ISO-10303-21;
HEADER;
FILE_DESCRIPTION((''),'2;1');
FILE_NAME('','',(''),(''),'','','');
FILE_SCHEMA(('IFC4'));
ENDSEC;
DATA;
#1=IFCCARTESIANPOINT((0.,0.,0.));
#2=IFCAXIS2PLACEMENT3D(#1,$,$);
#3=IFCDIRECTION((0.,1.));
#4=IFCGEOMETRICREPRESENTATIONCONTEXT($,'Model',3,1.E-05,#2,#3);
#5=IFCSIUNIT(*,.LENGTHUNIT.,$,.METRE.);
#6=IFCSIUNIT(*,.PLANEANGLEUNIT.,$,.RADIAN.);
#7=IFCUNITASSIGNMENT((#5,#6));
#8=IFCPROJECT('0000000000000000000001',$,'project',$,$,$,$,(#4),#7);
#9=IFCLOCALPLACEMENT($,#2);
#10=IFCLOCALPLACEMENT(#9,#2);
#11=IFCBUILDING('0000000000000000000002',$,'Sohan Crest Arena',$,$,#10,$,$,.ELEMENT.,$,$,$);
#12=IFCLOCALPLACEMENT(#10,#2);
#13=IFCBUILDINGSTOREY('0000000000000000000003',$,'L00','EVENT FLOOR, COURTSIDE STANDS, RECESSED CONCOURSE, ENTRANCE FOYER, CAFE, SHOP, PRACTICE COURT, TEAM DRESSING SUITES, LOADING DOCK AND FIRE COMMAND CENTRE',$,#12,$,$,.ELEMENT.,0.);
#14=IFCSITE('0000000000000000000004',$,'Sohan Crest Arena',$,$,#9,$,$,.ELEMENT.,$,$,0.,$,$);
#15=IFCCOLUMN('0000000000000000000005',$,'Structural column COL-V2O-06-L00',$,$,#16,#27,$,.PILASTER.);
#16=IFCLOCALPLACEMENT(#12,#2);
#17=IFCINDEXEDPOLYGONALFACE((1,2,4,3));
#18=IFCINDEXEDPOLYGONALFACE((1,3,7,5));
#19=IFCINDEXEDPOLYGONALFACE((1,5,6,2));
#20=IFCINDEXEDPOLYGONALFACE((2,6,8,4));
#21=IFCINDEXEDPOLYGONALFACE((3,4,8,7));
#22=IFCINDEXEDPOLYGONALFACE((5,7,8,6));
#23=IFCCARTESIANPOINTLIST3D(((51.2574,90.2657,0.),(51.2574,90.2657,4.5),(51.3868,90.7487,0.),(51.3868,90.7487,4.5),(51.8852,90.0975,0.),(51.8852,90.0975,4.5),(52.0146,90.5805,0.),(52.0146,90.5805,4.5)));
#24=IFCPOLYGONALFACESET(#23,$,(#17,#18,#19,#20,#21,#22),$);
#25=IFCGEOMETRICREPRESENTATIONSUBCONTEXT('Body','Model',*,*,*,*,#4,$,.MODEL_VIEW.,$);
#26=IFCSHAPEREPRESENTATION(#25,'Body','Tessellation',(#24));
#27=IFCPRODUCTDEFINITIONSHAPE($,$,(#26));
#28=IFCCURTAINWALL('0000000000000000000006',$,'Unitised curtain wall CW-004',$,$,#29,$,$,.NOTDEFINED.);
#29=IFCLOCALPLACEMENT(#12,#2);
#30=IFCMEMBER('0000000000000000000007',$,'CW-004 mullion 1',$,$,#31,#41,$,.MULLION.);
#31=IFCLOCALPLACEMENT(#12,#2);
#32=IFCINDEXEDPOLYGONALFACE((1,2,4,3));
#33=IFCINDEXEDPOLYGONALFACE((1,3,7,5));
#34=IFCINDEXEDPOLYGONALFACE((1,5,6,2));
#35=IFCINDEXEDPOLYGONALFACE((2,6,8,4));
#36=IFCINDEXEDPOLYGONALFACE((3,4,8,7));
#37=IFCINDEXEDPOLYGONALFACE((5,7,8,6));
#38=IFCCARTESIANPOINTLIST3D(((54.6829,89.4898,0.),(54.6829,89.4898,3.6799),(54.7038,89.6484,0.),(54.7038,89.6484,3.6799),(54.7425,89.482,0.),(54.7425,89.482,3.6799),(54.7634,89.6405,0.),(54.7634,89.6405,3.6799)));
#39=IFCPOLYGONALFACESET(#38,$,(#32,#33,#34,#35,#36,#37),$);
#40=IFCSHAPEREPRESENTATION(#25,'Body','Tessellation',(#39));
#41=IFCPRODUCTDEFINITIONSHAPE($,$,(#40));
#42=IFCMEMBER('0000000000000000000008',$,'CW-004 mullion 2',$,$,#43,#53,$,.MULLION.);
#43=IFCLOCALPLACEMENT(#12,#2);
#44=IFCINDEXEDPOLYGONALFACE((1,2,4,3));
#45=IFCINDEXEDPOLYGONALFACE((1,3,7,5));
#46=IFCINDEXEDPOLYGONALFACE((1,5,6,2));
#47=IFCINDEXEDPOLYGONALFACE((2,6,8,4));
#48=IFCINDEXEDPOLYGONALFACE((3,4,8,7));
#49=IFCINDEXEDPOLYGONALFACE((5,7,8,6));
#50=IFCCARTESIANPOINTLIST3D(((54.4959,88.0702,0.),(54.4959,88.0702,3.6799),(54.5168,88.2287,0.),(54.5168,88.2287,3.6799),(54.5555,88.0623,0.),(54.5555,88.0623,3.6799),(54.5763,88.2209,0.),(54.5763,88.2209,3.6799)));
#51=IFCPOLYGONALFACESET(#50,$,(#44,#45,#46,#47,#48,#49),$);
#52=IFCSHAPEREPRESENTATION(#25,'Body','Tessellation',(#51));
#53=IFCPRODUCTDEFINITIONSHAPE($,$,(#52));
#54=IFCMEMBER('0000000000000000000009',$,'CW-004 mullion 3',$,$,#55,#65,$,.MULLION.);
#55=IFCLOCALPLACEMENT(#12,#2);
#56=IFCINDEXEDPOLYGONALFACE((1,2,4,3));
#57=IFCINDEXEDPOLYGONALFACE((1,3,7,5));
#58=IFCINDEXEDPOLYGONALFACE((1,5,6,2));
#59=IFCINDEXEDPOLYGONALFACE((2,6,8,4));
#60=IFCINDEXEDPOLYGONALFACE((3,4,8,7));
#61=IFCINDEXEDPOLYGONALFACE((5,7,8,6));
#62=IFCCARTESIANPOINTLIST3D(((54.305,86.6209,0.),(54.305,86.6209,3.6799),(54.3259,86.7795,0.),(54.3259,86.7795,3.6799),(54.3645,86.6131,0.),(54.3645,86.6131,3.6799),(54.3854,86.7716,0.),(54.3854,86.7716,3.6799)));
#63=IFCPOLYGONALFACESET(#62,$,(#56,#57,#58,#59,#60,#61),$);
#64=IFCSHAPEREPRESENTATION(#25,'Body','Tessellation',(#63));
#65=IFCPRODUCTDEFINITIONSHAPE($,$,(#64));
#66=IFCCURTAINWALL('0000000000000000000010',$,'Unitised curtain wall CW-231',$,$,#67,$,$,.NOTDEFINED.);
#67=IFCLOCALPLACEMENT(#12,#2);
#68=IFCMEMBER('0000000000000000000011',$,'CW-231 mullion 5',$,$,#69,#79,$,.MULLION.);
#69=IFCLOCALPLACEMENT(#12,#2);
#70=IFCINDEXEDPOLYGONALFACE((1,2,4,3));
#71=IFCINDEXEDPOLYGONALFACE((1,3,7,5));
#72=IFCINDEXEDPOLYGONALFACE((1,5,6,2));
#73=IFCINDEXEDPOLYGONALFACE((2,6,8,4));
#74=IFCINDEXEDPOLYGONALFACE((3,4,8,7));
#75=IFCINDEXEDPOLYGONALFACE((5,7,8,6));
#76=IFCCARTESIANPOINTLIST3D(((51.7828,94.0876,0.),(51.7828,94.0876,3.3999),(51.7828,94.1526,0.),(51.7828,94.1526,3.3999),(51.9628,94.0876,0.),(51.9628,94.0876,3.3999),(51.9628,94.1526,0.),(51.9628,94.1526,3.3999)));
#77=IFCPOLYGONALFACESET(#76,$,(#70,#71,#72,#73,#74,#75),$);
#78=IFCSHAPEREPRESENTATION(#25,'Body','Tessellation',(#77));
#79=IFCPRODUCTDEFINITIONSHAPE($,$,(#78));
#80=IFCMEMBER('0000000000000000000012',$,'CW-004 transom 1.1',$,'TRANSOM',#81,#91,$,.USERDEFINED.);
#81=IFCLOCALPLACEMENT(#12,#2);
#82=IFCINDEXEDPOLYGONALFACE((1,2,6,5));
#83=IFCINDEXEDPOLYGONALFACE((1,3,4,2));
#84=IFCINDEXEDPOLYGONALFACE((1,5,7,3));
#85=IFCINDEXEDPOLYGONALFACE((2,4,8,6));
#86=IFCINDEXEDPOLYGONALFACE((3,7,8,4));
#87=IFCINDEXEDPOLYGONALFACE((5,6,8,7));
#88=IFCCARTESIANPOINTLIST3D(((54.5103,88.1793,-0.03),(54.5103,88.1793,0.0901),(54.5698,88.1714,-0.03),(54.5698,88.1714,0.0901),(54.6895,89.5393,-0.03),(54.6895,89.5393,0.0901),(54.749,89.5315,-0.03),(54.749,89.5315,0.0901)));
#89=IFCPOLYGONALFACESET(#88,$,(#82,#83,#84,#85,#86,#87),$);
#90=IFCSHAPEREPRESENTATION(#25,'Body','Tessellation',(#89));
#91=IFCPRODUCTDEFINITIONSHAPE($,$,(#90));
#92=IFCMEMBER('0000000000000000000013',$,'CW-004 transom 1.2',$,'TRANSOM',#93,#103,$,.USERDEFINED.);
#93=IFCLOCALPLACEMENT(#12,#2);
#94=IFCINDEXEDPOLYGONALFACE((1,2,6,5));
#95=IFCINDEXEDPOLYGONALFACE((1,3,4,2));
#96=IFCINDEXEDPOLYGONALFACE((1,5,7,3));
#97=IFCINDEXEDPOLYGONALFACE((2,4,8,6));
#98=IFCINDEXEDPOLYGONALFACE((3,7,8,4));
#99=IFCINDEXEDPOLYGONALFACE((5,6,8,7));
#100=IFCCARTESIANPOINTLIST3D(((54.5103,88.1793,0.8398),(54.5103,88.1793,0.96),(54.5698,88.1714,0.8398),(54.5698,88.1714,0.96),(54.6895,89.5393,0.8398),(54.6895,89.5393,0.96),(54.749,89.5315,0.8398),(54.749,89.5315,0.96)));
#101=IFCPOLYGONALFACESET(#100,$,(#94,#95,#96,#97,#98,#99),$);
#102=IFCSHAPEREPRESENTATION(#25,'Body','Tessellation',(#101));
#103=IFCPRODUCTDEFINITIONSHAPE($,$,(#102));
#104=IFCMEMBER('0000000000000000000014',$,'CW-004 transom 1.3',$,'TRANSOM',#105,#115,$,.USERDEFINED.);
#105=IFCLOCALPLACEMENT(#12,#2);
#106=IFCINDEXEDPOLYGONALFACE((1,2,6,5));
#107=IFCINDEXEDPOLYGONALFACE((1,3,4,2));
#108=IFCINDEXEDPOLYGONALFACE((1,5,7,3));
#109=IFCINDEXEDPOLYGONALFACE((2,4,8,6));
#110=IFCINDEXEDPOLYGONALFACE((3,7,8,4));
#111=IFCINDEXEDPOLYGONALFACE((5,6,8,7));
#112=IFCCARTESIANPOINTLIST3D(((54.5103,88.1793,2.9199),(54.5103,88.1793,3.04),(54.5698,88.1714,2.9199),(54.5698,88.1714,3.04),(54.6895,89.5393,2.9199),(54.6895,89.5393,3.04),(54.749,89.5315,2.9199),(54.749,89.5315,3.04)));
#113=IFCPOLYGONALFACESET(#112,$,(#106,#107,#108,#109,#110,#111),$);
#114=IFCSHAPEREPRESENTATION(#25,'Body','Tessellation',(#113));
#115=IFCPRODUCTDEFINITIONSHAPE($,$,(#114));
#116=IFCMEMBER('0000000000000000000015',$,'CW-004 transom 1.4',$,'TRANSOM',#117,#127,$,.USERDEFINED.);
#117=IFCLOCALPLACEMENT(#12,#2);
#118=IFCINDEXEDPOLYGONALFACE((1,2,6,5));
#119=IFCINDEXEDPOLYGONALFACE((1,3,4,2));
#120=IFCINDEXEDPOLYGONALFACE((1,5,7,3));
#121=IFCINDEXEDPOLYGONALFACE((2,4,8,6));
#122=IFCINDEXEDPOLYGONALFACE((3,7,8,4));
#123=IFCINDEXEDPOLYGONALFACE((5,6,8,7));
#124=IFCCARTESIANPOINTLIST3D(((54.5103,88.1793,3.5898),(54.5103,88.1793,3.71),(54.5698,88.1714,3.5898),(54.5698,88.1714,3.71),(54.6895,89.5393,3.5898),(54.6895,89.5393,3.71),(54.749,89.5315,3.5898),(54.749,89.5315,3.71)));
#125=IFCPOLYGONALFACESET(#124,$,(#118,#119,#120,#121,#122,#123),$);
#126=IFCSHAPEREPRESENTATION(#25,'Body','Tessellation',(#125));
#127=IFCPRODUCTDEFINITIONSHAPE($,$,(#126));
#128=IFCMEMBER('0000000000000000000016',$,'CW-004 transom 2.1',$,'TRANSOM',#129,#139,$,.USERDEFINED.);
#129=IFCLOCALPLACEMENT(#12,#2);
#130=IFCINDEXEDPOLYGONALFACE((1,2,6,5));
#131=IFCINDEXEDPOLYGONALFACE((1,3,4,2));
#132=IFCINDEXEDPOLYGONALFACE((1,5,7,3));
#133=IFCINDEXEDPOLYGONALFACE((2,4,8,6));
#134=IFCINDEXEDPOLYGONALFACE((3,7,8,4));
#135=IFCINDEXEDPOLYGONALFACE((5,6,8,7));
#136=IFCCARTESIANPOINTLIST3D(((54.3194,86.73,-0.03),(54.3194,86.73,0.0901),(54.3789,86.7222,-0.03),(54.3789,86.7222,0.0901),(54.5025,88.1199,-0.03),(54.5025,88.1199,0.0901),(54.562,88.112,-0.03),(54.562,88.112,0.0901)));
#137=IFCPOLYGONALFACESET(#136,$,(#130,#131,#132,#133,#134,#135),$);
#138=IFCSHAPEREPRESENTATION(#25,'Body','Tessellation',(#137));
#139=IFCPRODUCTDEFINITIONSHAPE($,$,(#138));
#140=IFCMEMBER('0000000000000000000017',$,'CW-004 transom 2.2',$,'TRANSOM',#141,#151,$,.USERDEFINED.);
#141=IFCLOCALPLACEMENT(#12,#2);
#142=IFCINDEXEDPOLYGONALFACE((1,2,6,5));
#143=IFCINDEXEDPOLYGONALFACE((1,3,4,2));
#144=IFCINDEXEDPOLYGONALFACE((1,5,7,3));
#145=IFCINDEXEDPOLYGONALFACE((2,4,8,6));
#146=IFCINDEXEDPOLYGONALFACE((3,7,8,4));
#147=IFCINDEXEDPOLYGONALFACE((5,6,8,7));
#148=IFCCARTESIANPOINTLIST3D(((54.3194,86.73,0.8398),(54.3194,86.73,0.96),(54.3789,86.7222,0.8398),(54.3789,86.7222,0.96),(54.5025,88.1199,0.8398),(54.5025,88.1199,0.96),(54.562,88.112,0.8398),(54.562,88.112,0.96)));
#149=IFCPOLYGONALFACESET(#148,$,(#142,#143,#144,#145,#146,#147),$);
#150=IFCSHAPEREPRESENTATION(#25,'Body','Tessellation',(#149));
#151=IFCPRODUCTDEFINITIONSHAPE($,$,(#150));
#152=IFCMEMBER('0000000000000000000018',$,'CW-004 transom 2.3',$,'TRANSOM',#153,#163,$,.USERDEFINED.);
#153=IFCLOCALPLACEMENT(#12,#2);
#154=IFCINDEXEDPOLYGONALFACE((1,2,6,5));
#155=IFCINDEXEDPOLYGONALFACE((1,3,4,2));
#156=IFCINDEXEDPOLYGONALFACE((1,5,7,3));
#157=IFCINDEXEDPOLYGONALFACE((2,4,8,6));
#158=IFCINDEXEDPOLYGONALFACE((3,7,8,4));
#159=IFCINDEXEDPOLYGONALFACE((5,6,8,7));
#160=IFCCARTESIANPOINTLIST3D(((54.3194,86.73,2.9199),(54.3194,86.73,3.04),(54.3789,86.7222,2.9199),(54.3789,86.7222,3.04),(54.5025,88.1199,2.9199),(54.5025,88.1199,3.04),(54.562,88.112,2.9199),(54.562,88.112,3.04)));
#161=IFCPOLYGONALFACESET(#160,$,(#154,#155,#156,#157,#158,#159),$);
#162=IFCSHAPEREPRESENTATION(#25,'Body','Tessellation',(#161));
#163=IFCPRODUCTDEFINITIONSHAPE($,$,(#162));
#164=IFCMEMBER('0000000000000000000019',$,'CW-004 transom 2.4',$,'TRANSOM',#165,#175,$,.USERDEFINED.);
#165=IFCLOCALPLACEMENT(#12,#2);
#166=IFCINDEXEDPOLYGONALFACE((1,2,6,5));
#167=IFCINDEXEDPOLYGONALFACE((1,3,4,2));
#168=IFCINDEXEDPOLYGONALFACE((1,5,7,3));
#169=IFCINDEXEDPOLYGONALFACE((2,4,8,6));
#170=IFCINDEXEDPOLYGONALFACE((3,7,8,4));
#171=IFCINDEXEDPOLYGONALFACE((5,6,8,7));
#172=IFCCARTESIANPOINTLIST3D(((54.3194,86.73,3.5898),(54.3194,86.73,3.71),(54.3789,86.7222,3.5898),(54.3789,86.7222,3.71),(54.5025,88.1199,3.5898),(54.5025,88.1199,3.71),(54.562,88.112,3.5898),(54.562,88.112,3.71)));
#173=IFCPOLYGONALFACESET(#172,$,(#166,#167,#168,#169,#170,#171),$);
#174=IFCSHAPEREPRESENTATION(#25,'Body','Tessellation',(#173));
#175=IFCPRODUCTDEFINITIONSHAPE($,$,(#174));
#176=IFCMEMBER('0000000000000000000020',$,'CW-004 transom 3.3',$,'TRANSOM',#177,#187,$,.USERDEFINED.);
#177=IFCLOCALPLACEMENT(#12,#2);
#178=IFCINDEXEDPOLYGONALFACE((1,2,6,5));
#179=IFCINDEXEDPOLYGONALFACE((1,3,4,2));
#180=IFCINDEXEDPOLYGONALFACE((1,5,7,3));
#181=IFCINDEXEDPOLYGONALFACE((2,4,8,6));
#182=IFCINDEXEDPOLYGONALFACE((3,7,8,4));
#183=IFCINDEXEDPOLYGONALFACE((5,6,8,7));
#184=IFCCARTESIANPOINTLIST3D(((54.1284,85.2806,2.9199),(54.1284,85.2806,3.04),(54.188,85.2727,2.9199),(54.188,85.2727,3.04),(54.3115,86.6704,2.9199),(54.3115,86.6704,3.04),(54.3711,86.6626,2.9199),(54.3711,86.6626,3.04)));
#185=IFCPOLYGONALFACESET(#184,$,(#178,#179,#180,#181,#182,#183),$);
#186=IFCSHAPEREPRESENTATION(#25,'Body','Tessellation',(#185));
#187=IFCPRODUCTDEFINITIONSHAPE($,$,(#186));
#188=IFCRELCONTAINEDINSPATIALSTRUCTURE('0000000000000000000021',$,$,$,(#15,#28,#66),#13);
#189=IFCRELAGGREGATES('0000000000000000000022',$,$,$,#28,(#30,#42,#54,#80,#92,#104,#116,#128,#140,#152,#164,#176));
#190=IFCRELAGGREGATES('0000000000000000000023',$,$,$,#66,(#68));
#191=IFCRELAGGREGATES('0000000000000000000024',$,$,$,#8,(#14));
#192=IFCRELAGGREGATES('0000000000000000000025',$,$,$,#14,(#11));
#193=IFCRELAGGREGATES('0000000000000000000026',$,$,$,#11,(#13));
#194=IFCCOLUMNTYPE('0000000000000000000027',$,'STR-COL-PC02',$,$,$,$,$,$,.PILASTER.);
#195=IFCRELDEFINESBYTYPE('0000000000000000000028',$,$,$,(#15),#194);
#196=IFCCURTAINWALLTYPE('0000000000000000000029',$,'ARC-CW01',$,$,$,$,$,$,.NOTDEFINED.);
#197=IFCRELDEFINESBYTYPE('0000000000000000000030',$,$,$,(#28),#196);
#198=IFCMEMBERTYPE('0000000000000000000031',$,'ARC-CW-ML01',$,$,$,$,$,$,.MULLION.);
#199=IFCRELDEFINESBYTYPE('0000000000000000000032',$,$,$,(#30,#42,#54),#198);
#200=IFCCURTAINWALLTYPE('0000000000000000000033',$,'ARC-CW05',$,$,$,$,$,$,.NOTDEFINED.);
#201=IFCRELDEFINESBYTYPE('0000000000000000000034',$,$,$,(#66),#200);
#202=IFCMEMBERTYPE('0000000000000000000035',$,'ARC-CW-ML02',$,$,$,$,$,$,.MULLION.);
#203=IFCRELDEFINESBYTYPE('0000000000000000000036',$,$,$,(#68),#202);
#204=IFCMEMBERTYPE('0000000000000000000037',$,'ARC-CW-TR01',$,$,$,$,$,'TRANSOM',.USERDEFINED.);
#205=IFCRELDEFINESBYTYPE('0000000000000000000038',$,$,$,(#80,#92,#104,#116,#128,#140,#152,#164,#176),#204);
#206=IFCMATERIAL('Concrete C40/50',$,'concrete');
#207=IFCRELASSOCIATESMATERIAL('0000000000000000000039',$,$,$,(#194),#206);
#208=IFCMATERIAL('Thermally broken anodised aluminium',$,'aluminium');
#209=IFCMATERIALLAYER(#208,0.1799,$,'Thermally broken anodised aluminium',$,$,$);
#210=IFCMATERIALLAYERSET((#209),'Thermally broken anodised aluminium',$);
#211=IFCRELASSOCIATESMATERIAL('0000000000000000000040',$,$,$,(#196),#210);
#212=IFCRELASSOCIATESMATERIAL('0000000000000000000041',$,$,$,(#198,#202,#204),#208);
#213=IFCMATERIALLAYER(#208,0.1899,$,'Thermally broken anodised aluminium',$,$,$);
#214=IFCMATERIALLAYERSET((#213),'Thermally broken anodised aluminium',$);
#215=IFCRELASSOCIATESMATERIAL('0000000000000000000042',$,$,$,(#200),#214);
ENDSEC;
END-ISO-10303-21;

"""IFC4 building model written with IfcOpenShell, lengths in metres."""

from ifc_helpers import new_model, si_unit, direction, frame, origin, origin_2d, place, context, subcontext, project, spatial, rectangle, extrude, material, layer, layer_set, material_profile, profile_set, type_object, element, aggregate, save


model = new_model("IFC4")

# Units and contexts
model_context = context("Model", 3, precision=1e-05, world=origin(), true_north=direction((0.0, 1.0)))
body_context = subcontext(model_context, "Body", "Model", "MODEL_VIEW")
ifc_project = project(units=[si_unit("LENGTHUNIT", "METRE"), si_unit("PLANEANGLEUNIT", "RADIAN")], contexts=[model_context])

# Site, building, storey
site_placement = place(None, origin())
site = spatial("IfcSite", under=ifc_project, at=site_placement, Name="Sohan Crest Arena", CompositionType="ELEMENT", RefElevation=0.0)
building_placement = place(site_placement, origin())
building = spatial("IfcBuilding", under=site, at=building_placement, Name="Sohan Crest Arena", CompositionType="ELEMENT")
storey_placement = place(building_placement, origin())
storey = spatial("IfcBuildingStorey", under=building, at=storey_placement, Name="L00", Description="EVENT FLOOR, COURTSIDE STANDS, RECESSED CONCOURSE, ENTRANCE FOYER, CAFE, SHOP, PRACTICE COURT, TEAM DRESSING SUITES, LOADING DOCK AND FIRE COMMAND CENTRE", CompositionType="ELEMENT", Elevation=0.0)

# Column
ifc_material_1 = material(Name="Concrete C40/50", Category="concrete")
ifc_material_profile_1 = material_profile(ifc_material_1, rectangle(XDim=0.6499, YDim=0.5, at=origin_2d()), Name="RC 650x500")
ifc_profile_set_1 = profile_set([ifc_material_profile_1], Name="Concrete C40/50")
column_type = type_object("IfcColumnType", Name="STR-COL-PC02", PredefinedType="PILASTER", material=ifc_profile_set_1)
column_placement = place(storey_placement, frame((51.636, 90.4231, 0.0), z_axis=(0.0, 0.0, 1.0), x_axis=(-0.965926, 0.258819, 0.0)))
element("IfcColumn", 1, at=column_placement, inside=storey, type_object=column_type, Name="Structural column COL-V2O-06-L00", PredefinedType="PILASTER", context=body_context, shape_type="SweptSolid", body=[
    extrude(rectangle(XDim=0.6499, YDim=0.5, at=origin_2d()), origin(), (0.0, 0.0, 1.0), 4.5),
])

# Curtain wall, members
ifc_material_2 = material(Name="Thermally broken anodised aluminium", Category="aluminium")
ifc_layer_1 = layer(ifc_material_2, 0.1799, Name="Thermally broken anodised aluminium")
ifc_layer_set_1 = layer_set([ifc_layer_1], Name="Thermally broken anodised aluminium")
curtain_wall_type_1 = type_object("IfcCurtainWallType", Name="ARC-CW01", PredefinedType="NOTDEFINED", material=ifc_layer_set_1)
curtain_wall_1_placement = place(storey_placement, origin())
curtain_wall_1 = element("IfcCurtainWall", 2, at=curtain_wall_1_placement, inside=storey, type_object=curtain_wall_type_1, Name="Unitised curtain wall CW-004", PredefinedType="NOTDEFINED")
ifc_material_profile_2 = material_profile(ifc_material_2, rectangle(XDim=0.0601, YDim=0.1599, at=origin_2d()), Name="ALU-MULL 60x160")
ifc_profile_set_2 = profile_set([ifc_material_profile_2], Name="Thermally broken anodised aluminium")
member_type_1 = type_object("IfcMemberType", Name="ARC-CW-ML01", PredefinedType="MULLION", material=ifc_profile_set_2)
member_1_placement = place(storey_placement, frame((54.7231, 89.5652, 0.0), z_axis=(0.0, 0.0, 1.0), x_axis=(0.991439, -0.130567, 0.0)))
member_1 = element("IfcMember", 3, at=member_1_placement, type_object=member_type_1, Name="CW-004 mullion 1", PredefinedType="MULLION", context=body_context, shape_type="SweptSolid", body=[
    extrude(rectangle(XDim=0.0601, YDim=0.1599, at=origin_2d()), origin(), (0.0, 0.0, 1.0), 3.6799),
])
member_2_placement = place(storey_placement, frame((54.5361, 88.1455, 0.0), z_axis=(0.0, 0.0, 1.0), x_axis=(0.991439, -0.130567, 0.0)))
member_2 = element("IfcMember", 4, at=member_2_placement, type_object=member_type_1, Name="CW-004 mullion 2", PredefinedType="MULLION", context=body_context, shape_type="SweptSolid", body=[
    extrude(rectangle(XDim=0.0601, YDim=0.1599, at=origin_2d()), origin(), (0.0, 0.0, 1.0), 3.6799),
])
member_3_placement = place(storey_placement, frame((54.3452, 86.6963, 0.0), z_axis=(0.0, 0.0, 1.0), x_axis=(0.991439, -0.130567, 0.0)))
member_3 = element("IfcMember", 5, at=member_3_placement, type_object=member_type_1, Name="CW-004 mullion 3", PredefinedType="MULLION", context=body_context, shape_type="SweptSolid", body=[
    extrude(rectangle(XDim=0.0601, YDim=0.1599, at=origin_2d()), origin(), (0.0, 0.0, 1.0), 3.6799),
])

# Curtain wall, member
ifc_layer_2 = layer(ifc_material_2, 0.1899, Name="Thermally broken anodised aluminium")
ifc_layer_set_2 = layer_set([ifc_layer_2], Name="Thermally broken anodised aluminium")
curtain_wall_type_2 = type_object("IfcCurtainWallType", Name="ARC-CW05", PredefinedType="NOTDEFINED", material=ifc_layer_set_2)
curtain_wall_2_placement = place(storey_placement, origin())
curtain_wall_2 = element("IfcCurtainWall", 6, at=curtain_wall_2_placement, inside=storey, type_object=curtain_wall_type_2, Name="Unitised curtain wall CW-231", PredefinedType="NOTDEFINED")
ifc_material_profile_3 = material_profile(ifc_material_2, rectangle(XDim=0.0649, YDim=0.1799, at=origin_2d()), Name="ALU-MULL 65x180")
ifc_profile_set_3 = profile_set([ifc_material_profile_3], Name="Thermally broken anodised aluminium")
member_type_2 = type_object("IfcMemberType", Name="ARC-CW-ML02", PredefinedType="MULLION", material=ifc_profile_set_3)
member_4_placement = place(storey_placement, frame((51.8728, 94.1201, 0.0), z_axis=(0.0, 0.0, 1.0), x_axis=(0.0, 1.0, 0.0)))
member_4 = element("IfcMember", 7, at=member_4_placement, type_object=member_type_2, Name="CW-231 mullion 5", PredefinedType="MULLION", context=body_context, shape_type="SweptSolid", body=[
    extrude(rectangle(XDim=0.0649, YDim=0.1799, at=origin_2d()), origin(), (0.0, 0.0, 1.0), 3.3999),
])

# Members
ifc_material_profile_4 = material_profile(ifc_material_2, rectangle(XDim=0.0601, YDim=0.1201, at=origin_2d()), Name="ALU-TRAN 60x120")
ifc_profile_set_4 = profile_set([ifc_material_profile_4], Name="Thermally broken anodised aluminium")
member_type_3 = type_object("IfcMemberType", Name="ARC-CW-TR01", ElementType="TRANSOM", PredefinedType="USERDEFINED", material=ifc_profile_set_4)
member_5_placement = place(storey_placement, frame((54.7192, 89.5354, 0.03), z_axis=(-0.130625, -0.991432, 0.0), x_axis=(0.991432, -0.130625, 0.0)))
member_5 = element("IfcMember", 8, at=member_5_placement, type_object=member_type_3, Name="CW-004 transom 1.1", ObjectType="TRANSOM", PredefinedType="USERDEFINED", context=body_context, shape_type="SweptSolid", body=[
    extrude(rectangle(XDim=0.0601, YDim=0.1201, at=origin_2d()), origin(), (0.0, 0.0, 1.0), 1.3718),
])
member_6_placement = place(storey_placement, frame((54.7192, 89.5354, 0.8999), z_axis=(-0.130625, -0.991432, 0.0), x_axis=(0.991432, -0.130625, 0.0)))
member_6 = element("IfcMember", 9, at=member_6_placement, type_object=member_type_3, Name="CW-004 transom 1.2", ObjectType="TRANSOM", PredefinedType="USERDEFINED", context=body_context, shape_type="SweptSolid", body=[
    extrude(rectangle(XDim=0.0601, YDim=0.1201, at=origin_2d()), origin(), (0.0, 0.0, 1.0), 1.3718),
])
member_7_placement = place(storey_placement, frame((54.7192, 89.5354, 2.98), z_axis=(-0.130625, -0.991432, 0.0), x_axis=(0.991432, -0.130625, 0.0)))
member_7 = element("IfcMember", 10, at=member_7_placement, type_object=member_type_3, Name="CW-004 transom 1.3", ObjectType="TRANSOM", PredefinedType="USERDEFINED", context=body_context, shape_type="SweptSolid", body=[
    extrude(rectangle(XDim=0.0601, YDim=0.1201, at=origin_2d()), origin(), (0.0, 0.0, 1.0), 1.3718),
])
member_8_placement = place(storey_placement, frame((54.7192, 89.5354, 3.6499), z_axis=(-0.130625, -0.991432, 0.0), x_axis=(0.991432, -0.130625, 0.0)))
member_8 = element("IfcMember", 11, at=member_8_placement, type_object=member_type_3, Name="CW-004 transom 1.4", ObjectType="TRANSOM", PredefinedType="USERDEFINED", context=body_context, shape_type="SweptSolid", body=[
    extrude(rectangle(XDim=0.0601, YDim=0.1201, at=origin_2d()), origin(), (0.0, 0.0, 1.0), 1.3718),
])
member_9_placement = place(storey_placement, frame((54.5322, 88.116, 0.03), z_axis=(-0.130612, -0.991434, 0.0), x_axis=(0.991434, -0.130612, 0.0)))
member_9 = element("IfcMember", 12, at=member_9_placement, type_object=member_type_3, Name="CW-004 transom 2.1", ObjectType="TRANSOM", PredefinedType="USERDEFINED", context=body_context, shape_type="SweptSolid", body=[
    extrude(rectangle(XDim=0.0601, YDim=0.1201, at=origin_2d()), origin(), (0.0, 0.0, 1.0), 1.4019),
])
member_10_placement = place(storey_placement, frame((54.5322, 88.116, 0.8999), z_axis=(-0.130612, -0.991434, 0.0), x_axis=(0.991434, -0.130612, 0.0)))
member_10 = element("IfcMember", 13, at=member_10_placement, type_object=member_type_3, Name="CW-004 transom 2.2", ObjectType="TRANSOM", PredefinedType="USERDEFINED", context=body_context, shape_type="SweptSolid", body=[
    extrude(rectangle(XDim=0.0601, YDim=0.1201, at=origin_2d()), origin(), (0.0, 0.0, 1.0), 1.4019),
])
member_11_placement = place(storey_placement, frame((54.5322, 88.116, 2.98), z_axis=(-0.130612, -0.991434, 0.0), x_axis=(0.991434, -0.130612, 0.0)))
member_11 = element("IfcMember", 14, at=member_11_placement, type_object=member_type_3, Name="CW-004 transom 2.3", ObjectType="TRANSOM", PredefinedType="USERDEFINED", context=body_context, shape_type="SweptSolid", body=[
    extrude(rectangle(XDim=0.0601, YDim=0.1201, at=origin_2d()), origin(), (0.0, 0.0, 1.0), 1.4019),
])
member_12_placement = place(storey_placement, frame((54.5322, 88.116, 3.6499), z_axis=(-0.130612, -0.991434, 0.0), x_axis=(0.991434, -0.130612, 0.0)))
member_12 = element("IfcMember", 15, at=member_12_placement, type_object=member_type_3, Name="CW-004 transom 2.4", ObjectType="TRANSOM", PredefinedType="USERDEFINED", context=body_context, shape_type="SweptSolid", body=[
    extrude(rectangle(XDim=0.0601, YDim=0.1201, at=origin_2d()), origin(), (0.0, 0.0, 1.0), 1.4019),
])
member_13_placement = place(storey_placement, frame((54.3413, 86.6665, 2.98), z_axis=(-0.130612, -0.991434, 0.0), x_axis=(0.991434, -0.130612, 0.0)))
member_13 = element("IfcMember", 16, at=member_13_placement, type_object=member_type_3, Name="CW-004 transom 3.3", ObjectType="TRANSOM", PredefinedType="USERDEFINED", context=body_context, shape_type="SweptSolid", body=[
    extrude(rectangle(XDim=0.0601, YDim=0.1201, at=origin_2d()), origin(), (0.0, 0.0, 1.0), 1.4019),
])

aggregate(curtain_wall_1, [member_1, member_2, member_3, member_5, member_6, member_7, member_8, member_9, member_10, member_11, member_12, member_13])
aggregate(curtain_wall_2, [member_4])

save(model, "model.ifc")
